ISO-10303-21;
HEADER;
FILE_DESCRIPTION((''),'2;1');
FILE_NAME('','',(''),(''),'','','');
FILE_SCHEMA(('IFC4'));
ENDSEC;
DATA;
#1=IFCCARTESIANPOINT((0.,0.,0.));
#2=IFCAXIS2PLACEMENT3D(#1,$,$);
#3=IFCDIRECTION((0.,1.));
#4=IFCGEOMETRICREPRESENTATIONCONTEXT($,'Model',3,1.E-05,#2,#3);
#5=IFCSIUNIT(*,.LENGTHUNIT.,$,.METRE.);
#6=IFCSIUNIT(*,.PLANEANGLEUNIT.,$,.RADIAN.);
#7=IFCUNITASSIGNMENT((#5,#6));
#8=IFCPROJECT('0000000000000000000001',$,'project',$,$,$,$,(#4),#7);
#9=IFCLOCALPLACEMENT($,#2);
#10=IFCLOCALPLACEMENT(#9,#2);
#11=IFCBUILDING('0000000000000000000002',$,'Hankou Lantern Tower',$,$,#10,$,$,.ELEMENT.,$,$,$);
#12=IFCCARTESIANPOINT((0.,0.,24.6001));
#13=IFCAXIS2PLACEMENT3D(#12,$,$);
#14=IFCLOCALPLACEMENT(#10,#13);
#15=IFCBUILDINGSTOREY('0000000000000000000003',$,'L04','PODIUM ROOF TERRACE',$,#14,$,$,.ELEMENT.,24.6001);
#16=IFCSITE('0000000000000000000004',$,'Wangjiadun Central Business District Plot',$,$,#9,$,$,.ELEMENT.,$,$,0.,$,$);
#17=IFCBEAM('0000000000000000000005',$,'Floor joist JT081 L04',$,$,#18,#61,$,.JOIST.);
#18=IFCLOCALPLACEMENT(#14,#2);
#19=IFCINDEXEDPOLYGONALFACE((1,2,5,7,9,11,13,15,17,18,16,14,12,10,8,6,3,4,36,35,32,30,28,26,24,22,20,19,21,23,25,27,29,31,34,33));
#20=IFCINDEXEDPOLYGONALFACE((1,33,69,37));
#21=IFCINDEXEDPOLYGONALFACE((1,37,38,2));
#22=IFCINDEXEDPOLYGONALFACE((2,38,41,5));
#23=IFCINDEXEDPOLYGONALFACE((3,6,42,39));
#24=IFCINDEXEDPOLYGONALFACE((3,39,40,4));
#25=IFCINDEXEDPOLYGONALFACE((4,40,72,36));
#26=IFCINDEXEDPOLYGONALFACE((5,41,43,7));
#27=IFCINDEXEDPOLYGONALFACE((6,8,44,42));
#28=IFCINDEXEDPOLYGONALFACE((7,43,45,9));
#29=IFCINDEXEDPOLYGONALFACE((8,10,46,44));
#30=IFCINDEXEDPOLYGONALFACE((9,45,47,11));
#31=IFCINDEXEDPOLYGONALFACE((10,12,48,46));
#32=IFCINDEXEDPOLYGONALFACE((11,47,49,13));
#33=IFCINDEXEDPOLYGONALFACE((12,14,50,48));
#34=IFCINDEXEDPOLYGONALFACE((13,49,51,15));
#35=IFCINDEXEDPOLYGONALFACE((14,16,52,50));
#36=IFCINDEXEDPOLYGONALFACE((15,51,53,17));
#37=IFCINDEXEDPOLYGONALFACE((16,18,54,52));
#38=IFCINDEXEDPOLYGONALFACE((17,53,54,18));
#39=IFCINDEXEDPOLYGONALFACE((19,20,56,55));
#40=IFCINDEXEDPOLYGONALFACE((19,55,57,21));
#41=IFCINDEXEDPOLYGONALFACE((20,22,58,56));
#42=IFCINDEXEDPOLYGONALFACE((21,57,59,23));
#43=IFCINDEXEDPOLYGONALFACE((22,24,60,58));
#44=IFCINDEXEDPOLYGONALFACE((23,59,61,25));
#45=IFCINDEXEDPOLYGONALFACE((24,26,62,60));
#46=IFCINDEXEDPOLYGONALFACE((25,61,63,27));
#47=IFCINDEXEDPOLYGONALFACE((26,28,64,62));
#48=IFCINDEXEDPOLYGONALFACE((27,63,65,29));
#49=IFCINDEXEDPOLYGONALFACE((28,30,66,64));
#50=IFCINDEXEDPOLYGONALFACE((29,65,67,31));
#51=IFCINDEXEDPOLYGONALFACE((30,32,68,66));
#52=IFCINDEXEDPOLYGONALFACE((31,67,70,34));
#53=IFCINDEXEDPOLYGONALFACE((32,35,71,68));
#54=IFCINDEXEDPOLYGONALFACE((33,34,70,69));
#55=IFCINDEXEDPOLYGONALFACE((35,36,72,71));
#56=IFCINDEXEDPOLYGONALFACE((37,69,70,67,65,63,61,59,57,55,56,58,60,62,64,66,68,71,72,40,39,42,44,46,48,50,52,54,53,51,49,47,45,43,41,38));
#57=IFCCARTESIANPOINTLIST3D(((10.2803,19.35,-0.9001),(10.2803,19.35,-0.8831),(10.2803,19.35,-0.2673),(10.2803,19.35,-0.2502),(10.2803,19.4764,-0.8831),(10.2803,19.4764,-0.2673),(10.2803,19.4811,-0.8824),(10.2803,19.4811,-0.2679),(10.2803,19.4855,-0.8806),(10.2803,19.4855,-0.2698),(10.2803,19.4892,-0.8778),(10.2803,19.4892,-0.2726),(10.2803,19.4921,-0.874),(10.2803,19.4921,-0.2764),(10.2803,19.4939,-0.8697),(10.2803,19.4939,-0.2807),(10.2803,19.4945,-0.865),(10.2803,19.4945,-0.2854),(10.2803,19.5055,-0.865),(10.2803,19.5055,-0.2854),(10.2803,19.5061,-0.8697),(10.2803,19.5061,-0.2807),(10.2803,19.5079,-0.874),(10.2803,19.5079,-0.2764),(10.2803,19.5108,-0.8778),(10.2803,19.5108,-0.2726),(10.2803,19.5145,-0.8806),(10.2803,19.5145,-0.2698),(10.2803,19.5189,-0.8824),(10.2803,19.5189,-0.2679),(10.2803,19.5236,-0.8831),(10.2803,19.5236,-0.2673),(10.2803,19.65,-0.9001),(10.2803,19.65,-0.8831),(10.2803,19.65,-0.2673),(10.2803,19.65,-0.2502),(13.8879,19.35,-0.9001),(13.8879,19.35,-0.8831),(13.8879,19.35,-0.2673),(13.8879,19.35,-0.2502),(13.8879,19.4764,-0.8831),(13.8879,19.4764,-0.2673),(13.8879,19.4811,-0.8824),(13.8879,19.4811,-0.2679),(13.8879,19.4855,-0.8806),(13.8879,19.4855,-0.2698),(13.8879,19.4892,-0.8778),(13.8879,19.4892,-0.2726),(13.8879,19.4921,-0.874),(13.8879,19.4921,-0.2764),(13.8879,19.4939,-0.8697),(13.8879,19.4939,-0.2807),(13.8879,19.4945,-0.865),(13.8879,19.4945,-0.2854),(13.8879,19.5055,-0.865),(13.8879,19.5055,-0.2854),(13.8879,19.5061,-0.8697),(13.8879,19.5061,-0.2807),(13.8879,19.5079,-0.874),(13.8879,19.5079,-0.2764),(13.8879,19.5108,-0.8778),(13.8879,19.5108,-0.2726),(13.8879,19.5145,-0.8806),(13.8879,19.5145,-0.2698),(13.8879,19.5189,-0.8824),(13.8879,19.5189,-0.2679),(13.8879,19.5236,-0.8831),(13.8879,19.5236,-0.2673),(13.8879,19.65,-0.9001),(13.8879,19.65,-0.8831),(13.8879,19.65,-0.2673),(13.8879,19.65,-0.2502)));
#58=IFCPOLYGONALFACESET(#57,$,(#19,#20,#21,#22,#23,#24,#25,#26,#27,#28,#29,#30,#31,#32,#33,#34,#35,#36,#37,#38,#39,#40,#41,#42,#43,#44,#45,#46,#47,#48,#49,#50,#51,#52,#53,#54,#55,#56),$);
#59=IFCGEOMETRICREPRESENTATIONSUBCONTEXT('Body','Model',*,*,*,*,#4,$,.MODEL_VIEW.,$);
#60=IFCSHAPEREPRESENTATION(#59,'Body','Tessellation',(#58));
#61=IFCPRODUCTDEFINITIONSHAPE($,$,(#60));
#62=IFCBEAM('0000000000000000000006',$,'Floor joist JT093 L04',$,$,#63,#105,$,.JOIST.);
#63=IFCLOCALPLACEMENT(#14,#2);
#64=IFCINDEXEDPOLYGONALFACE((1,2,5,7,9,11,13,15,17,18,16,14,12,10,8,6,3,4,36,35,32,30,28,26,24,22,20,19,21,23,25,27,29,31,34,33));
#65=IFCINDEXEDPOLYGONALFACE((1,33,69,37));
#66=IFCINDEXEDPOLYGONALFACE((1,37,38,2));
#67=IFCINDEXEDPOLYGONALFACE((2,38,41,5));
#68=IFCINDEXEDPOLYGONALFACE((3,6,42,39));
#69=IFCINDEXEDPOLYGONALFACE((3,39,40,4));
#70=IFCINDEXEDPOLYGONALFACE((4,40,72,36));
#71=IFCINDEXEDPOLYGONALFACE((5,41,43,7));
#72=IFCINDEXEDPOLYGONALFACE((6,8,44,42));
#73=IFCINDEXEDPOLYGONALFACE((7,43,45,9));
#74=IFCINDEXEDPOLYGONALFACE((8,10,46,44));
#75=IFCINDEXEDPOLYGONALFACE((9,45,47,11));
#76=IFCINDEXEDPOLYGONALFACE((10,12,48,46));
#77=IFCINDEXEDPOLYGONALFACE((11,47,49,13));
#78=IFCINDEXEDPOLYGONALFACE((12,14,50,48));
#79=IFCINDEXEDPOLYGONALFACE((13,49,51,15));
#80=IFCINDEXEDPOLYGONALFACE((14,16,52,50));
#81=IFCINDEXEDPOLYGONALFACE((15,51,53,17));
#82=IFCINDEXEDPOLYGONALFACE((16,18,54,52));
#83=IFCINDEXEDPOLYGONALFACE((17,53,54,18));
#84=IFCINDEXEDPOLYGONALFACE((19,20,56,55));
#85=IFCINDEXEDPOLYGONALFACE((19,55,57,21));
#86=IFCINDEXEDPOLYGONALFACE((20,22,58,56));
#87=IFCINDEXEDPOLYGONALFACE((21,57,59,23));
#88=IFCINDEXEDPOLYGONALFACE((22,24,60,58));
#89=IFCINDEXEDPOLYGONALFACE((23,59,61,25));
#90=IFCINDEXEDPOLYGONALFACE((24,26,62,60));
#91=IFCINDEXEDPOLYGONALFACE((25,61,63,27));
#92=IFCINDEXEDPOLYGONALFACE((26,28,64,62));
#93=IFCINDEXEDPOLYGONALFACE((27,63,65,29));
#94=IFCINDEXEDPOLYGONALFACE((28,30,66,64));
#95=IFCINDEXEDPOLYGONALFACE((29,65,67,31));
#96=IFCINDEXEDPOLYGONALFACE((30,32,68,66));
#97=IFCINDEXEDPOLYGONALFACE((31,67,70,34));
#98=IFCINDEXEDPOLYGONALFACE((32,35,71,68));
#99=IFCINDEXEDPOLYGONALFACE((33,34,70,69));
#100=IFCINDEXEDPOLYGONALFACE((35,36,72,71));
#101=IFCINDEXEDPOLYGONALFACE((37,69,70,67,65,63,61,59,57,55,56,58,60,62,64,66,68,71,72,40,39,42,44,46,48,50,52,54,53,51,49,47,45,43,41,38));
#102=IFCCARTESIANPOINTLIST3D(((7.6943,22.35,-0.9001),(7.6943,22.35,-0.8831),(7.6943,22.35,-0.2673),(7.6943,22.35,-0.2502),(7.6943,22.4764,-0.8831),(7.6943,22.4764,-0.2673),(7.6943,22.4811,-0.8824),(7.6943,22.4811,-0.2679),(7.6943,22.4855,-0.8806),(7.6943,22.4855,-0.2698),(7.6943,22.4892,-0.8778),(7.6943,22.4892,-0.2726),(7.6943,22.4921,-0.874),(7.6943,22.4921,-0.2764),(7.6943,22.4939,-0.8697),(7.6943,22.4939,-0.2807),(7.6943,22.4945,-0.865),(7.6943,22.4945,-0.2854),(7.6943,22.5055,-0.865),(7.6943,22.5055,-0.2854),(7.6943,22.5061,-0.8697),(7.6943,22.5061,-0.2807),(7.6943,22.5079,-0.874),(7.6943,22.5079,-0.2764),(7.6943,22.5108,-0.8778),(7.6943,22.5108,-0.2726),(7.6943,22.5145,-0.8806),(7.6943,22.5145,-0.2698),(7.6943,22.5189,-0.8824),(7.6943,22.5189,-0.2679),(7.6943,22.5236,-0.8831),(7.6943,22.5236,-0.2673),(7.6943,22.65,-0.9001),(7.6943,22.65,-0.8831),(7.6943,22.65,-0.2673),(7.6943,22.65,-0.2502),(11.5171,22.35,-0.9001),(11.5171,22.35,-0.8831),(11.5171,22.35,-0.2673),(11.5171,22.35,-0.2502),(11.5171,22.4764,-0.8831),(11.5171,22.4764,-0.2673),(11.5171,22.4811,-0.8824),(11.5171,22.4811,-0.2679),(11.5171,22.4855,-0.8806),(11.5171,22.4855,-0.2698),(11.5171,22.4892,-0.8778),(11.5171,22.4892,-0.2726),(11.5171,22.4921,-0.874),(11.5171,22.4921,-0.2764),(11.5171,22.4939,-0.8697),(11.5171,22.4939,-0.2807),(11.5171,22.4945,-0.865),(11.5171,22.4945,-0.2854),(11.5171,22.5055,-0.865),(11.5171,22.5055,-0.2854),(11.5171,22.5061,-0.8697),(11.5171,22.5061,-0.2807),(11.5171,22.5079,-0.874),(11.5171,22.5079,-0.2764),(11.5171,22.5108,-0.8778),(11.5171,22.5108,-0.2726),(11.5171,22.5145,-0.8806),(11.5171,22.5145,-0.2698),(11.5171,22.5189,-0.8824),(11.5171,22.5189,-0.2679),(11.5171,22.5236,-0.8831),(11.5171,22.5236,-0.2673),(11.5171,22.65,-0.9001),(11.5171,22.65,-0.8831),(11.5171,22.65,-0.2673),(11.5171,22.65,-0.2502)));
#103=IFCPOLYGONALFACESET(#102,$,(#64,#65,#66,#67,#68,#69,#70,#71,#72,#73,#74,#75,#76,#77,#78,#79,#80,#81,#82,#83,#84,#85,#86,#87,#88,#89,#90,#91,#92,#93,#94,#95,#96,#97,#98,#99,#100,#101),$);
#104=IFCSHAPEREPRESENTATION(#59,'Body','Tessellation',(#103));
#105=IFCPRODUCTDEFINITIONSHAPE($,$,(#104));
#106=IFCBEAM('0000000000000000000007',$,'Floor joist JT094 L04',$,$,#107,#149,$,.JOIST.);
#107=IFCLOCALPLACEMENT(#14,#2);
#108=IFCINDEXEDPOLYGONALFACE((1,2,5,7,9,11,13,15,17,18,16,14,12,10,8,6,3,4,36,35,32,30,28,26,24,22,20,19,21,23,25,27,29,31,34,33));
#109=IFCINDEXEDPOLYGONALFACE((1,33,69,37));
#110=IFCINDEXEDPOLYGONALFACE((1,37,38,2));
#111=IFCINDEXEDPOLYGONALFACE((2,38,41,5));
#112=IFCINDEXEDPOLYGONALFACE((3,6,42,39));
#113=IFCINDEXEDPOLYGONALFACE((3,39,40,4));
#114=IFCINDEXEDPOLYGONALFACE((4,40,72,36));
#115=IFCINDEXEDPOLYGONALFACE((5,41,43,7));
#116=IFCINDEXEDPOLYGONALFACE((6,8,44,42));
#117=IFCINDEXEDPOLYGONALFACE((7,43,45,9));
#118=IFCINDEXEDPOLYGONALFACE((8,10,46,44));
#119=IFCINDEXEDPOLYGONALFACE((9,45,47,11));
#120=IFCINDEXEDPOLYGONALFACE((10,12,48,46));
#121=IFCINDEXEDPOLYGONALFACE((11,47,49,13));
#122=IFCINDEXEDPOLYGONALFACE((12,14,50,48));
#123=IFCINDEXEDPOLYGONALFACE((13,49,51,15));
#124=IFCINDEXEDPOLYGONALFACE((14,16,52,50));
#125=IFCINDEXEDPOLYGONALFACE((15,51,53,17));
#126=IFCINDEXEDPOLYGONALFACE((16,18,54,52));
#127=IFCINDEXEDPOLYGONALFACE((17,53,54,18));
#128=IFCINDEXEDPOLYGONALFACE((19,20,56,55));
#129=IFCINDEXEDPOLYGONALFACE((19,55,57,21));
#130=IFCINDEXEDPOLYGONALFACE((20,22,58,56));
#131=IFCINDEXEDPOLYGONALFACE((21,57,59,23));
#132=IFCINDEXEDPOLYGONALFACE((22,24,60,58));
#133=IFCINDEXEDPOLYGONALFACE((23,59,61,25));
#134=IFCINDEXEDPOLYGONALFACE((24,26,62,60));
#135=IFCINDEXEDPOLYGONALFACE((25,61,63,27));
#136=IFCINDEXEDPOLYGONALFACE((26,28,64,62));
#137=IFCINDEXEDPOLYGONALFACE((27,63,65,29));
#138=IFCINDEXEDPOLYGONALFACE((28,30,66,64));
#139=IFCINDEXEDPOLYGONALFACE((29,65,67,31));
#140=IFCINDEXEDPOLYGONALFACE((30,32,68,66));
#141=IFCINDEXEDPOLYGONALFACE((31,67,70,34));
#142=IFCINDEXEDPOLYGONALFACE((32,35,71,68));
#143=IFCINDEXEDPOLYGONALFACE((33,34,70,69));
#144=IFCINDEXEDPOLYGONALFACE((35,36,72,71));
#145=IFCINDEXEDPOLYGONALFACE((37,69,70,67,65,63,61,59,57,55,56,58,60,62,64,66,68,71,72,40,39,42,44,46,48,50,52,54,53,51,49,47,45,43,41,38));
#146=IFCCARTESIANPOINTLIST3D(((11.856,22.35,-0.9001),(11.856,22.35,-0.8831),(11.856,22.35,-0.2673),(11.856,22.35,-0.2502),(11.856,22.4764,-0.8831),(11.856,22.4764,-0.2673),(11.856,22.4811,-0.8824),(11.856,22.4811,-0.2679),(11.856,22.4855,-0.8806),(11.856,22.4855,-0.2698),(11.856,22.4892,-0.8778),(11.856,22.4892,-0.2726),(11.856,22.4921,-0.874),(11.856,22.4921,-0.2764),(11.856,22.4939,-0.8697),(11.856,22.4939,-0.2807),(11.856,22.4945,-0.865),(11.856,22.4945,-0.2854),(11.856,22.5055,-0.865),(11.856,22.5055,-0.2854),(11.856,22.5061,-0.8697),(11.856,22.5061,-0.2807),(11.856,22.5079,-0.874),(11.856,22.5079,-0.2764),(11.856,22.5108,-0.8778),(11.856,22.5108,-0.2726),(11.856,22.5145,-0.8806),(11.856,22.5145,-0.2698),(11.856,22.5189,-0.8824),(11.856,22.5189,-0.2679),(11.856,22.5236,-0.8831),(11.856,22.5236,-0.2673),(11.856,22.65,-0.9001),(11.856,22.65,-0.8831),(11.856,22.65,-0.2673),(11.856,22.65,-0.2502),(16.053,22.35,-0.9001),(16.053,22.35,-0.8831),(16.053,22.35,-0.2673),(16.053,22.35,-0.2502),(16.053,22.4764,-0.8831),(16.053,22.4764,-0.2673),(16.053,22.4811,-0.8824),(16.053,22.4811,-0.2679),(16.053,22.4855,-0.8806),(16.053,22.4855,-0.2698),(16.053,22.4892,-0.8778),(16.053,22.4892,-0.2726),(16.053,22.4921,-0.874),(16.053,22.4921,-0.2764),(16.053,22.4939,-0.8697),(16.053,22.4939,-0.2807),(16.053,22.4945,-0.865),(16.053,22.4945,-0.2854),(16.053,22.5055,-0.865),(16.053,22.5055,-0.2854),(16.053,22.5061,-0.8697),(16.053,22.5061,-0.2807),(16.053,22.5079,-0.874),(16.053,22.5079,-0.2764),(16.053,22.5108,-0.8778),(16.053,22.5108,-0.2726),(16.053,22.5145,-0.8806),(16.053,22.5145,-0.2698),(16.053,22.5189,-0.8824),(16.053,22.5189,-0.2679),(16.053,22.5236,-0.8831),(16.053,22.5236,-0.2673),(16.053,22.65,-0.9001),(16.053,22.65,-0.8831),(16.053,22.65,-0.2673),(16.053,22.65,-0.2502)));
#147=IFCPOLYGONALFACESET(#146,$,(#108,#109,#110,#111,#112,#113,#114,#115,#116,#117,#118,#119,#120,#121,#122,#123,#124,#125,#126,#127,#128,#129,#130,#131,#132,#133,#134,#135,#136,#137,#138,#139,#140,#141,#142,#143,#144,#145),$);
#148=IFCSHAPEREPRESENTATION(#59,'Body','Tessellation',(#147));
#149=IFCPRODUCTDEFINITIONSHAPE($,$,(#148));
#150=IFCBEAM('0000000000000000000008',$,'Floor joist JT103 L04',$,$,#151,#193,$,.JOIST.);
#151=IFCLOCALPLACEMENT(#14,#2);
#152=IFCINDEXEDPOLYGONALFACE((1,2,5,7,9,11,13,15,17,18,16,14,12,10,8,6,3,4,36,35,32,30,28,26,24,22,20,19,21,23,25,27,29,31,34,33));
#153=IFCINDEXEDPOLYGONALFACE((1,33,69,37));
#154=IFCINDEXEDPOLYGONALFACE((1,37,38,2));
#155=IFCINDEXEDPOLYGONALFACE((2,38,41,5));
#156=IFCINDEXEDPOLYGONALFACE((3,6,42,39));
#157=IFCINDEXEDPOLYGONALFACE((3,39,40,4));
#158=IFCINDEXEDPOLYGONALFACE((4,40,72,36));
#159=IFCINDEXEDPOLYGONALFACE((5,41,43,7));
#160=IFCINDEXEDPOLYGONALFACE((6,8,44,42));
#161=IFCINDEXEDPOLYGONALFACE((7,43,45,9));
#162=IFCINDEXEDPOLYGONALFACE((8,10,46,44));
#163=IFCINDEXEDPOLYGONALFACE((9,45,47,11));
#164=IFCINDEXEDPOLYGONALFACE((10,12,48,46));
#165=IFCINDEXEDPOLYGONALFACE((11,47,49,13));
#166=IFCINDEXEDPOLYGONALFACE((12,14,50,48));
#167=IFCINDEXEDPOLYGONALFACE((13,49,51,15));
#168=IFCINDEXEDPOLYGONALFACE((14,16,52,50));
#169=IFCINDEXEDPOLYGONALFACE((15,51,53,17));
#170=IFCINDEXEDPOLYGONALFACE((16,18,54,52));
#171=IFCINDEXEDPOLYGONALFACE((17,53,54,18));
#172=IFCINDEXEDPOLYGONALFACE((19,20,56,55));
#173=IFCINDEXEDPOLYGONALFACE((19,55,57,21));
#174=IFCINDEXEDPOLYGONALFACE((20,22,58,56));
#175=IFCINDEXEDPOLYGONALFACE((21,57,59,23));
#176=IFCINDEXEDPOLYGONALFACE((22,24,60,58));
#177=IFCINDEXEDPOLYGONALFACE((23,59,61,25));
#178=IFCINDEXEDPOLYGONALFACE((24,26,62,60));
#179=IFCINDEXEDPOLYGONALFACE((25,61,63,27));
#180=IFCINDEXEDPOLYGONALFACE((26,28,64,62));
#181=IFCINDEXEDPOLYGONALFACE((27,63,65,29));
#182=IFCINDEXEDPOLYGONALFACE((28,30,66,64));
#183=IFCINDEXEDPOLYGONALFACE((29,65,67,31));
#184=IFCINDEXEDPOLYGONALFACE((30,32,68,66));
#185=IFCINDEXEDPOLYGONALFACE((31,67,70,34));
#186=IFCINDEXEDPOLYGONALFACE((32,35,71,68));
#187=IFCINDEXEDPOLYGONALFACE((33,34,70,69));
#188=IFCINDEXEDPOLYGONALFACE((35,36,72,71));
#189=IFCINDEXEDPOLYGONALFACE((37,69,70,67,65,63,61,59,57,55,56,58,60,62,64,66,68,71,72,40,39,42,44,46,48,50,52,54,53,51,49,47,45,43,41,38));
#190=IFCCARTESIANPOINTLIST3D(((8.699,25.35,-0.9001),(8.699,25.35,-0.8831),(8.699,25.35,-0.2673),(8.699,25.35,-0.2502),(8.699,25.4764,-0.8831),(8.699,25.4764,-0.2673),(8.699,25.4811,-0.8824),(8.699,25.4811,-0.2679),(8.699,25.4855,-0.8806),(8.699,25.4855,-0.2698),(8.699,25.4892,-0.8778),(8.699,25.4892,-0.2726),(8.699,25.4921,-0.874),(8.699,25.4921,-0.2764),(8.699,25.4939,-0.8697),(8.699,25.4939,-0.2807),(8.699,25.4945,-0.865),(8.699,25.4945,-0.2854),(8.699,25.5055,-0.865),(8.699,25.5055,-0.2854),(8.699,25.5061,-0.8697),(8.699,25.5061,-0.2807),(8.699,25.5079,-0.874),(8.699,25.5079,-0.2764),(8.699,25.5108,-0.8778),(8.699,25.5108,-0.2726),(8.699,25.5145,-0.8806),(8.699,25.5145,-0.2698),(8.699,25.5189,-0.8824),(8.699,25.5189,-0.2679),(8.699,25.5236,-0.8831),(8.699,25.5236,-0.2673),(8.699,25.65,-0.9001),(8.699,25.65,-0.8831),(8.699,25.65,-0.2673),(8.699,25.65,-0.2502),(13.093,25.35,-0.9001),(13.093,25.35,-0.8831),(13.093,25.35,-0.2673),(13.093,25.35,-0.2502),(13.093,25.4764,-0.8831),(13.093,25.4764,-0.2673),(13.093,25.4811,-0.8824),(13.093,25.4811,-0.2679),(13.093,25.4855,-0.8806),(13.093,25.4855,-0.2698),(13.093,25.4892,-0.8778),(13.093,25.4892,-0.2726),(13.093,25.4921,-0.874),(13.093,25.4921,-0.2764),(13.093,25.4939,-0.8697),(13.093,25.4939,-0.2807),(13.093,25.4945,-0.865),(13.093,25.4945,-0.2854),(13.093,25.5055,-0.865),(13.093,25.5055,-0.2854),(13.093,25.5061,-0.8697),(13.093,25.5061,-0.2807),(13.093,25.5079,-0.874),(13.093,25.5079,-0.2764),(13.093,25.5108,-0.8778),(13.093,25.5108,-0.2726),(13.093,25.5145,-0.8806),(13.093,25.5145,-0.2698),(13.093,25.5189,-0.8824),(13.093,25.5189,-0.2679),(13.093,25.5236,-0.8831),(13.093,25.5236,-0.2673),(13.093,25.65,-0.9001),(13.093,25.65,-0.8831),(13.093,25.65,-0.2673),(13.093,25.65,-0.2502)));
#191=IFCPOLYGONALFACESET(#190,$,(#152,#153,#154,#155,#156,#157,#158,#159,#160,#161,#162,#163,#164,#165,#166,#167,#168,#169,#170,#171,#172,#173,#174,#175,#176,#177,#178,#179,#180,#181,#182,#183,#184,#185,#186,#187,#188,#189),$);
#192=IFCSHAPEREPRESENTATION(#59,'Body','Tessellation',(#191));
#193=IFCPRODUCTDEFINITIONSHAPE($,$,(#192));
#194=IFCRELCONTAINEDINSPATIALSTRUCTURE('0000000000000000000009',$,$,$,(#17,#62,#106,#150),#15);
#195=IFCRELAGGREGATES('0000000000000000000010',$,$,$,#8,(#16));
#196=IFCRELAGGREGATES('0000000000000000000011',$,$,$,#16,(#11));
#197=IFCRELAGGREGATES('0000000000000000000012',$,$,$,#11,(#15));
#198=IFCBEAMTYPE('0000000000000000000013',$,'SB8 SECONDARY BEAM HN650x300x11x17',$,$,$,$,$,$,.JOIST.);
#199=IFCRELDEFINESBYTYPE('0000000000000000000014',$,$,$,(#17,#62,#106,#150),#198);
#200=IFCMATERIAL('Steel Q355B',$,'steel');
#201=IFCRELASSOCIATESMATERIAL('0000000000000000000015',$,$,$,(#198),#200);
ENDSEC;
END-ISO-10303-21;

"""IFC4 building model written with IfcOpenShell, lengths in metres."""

from ifc_helpers import new_model, si_unit, direction, frame, origin, origin_2d, place, context, subcontext, project, spatial, i_section, extrude, material, material_profile, profile_set, type_object, element, save


model = new_model("IFC4")

# Units and contexts
model_context = context("Model", 3, precision=1e-05, world=origin(), true_north=direction((0.0, 1.0)))
body_context = subcontext(model_context, "Body", "Model", "MODEL_VIEW")
ifc_project = project(units=[si_unit("LENGTHUNIT", "METRE"), si_unit("PLANEANGLEUNIT", "RADIAN")], contexts=[model_context])

# Site, building, storey
site_placement = place(None, origin())
site = spatial("IfcSite", under=ifc_project, at=site_placement, Name="Wangjiadun Central Business District Plot", CompositionType="ELEMENT", RefElevation=0.0)
building_placement = place(site_placement, origin())
building = spatial("IfcBuilding", under=site, at=building_placement, Name="Hankou Lantern Tower", CompositionType="ELEMENT")
storey_placement = place(building_placement, frame((0.0, 0.0, 24.6001)))
storey = spatial("IfcBuildingStorey", under=building, at=storey_placement, Name="L04", Description="PODIUM ROOF TERRACE", CompositionType="ELEMENT", Elevation=24.6001)

# Beams
ifc_material_1 = material(Name="Steel Q355B", Category="steel")
ifc_material_profile_1 = material_profile(ifc_material_1, i_section(OverallWidth=0.3, OverallDepth=0.6499, WebThickness=0.011, FlangeThickness=0.0171, FilletRadius=0.0181, at=origin_2d()), Name="HN650x300x11x17")
ifc_profile_set_1 = profile_set([ifc_material_profile_1], Name="Steel Q355B")
beam_type_1 = type_object("IfcBeamType", Name="SB8 SECONDARY BEAM HN650x300x11x17", PredefinedType="JOIST", material=ifc_profile_set_1)
beam_1_placement = place(storey_placement, frame((10.2803, 19.5, -0.5752), z_axis=(1.0, 0.0, 0.0), x_axis=(0.0, 1.0, 0.0)))
element("IfcBeam", 1, at=beam_1_placement, inside=storey, type_object=beam_type_1, Name="Floor joist JT081 L04", PredefinedType="JOIST", context=body_context, shape_type="SweptSolid", body=[
    extrude(i_section(OverallWidth=0.3, OverallDepth=0.6499, WebThickness=0.011, FlangeThickness=0.0171, FilletRadius=0.0181, at=origin_2d()), origin(), (0.0, 0.0, 1.0), 3.6077),
])
beam_2_placement = place(storey_placement, frame((7.6943, 22.5, -0.5752), z_axis=(1.0, 0.0, 0.0), x_axis=(0.0, 1.0, 0.0)))
element("IfcBeam", 2, at=beam_2_placement, inside=storey, type_object=beam_type_1, Name="Floor joist JT093 L04", PredefinedType="JOIST", context=body_context, shape_type="SweptSolid", body=[
    extrude(i_section(OverallWidth=0.3, OverallDepth=0.6499, WebThickness=0.011, FlangeThickness=0.0171, FilletRadius=0.0181, at=origin_2d()), origin(), (0.0, 0.0, 1.0), 3.8228),
])
beam_3_placement = place(storey_placement, frame((11.856, 22.5, -0.5752), z_axis=(1.0, 0.0, 0.0), x_axis=(0.0, 1.0, 0.0)))
element("IfcBeam", 3, at=beam_3_placement, inside=storey, type_object=beam_type_1, Name="Floor joist JT094 L04", PredefinedType="JOIST", context=body_context, shape_type="SweptSolid", body=[
    extrude(i_section(OverallWidth=0.3, OverallDepth=0.6499, WebThickness=0.011, FlangeThickness=0.0171, FilletRadius=0.0181, at=origin_2d()), origin(), (0.0, 0.0, 1.0), 4.197),
])
beam_4_placement = place(storey_placement, frame((8.699, 25.5, -0.5752), z_axis=(1.0, 0.0, 0.0), x_axis=(0.0, 1.0, 0.0)))
element("IfcBeam", 4, at=beam_4_placement, inside=storey, type_object=beam_type_1, Name="Floor joist JT103 L04", PredefinedType="JOIST", context=body_context, shape_type="SweptSolid", body=[
    extrude(i_section(OverallWidth=0.3, OverallDepth=0.6499, WebThickness=0.011, FlangeThickness=0.0171, FilletRadius=0.0181, at=origin_2d()), origin(), (0.0, 0.0, 1.0), 4.394),
])

save(model, "model.ifc")
